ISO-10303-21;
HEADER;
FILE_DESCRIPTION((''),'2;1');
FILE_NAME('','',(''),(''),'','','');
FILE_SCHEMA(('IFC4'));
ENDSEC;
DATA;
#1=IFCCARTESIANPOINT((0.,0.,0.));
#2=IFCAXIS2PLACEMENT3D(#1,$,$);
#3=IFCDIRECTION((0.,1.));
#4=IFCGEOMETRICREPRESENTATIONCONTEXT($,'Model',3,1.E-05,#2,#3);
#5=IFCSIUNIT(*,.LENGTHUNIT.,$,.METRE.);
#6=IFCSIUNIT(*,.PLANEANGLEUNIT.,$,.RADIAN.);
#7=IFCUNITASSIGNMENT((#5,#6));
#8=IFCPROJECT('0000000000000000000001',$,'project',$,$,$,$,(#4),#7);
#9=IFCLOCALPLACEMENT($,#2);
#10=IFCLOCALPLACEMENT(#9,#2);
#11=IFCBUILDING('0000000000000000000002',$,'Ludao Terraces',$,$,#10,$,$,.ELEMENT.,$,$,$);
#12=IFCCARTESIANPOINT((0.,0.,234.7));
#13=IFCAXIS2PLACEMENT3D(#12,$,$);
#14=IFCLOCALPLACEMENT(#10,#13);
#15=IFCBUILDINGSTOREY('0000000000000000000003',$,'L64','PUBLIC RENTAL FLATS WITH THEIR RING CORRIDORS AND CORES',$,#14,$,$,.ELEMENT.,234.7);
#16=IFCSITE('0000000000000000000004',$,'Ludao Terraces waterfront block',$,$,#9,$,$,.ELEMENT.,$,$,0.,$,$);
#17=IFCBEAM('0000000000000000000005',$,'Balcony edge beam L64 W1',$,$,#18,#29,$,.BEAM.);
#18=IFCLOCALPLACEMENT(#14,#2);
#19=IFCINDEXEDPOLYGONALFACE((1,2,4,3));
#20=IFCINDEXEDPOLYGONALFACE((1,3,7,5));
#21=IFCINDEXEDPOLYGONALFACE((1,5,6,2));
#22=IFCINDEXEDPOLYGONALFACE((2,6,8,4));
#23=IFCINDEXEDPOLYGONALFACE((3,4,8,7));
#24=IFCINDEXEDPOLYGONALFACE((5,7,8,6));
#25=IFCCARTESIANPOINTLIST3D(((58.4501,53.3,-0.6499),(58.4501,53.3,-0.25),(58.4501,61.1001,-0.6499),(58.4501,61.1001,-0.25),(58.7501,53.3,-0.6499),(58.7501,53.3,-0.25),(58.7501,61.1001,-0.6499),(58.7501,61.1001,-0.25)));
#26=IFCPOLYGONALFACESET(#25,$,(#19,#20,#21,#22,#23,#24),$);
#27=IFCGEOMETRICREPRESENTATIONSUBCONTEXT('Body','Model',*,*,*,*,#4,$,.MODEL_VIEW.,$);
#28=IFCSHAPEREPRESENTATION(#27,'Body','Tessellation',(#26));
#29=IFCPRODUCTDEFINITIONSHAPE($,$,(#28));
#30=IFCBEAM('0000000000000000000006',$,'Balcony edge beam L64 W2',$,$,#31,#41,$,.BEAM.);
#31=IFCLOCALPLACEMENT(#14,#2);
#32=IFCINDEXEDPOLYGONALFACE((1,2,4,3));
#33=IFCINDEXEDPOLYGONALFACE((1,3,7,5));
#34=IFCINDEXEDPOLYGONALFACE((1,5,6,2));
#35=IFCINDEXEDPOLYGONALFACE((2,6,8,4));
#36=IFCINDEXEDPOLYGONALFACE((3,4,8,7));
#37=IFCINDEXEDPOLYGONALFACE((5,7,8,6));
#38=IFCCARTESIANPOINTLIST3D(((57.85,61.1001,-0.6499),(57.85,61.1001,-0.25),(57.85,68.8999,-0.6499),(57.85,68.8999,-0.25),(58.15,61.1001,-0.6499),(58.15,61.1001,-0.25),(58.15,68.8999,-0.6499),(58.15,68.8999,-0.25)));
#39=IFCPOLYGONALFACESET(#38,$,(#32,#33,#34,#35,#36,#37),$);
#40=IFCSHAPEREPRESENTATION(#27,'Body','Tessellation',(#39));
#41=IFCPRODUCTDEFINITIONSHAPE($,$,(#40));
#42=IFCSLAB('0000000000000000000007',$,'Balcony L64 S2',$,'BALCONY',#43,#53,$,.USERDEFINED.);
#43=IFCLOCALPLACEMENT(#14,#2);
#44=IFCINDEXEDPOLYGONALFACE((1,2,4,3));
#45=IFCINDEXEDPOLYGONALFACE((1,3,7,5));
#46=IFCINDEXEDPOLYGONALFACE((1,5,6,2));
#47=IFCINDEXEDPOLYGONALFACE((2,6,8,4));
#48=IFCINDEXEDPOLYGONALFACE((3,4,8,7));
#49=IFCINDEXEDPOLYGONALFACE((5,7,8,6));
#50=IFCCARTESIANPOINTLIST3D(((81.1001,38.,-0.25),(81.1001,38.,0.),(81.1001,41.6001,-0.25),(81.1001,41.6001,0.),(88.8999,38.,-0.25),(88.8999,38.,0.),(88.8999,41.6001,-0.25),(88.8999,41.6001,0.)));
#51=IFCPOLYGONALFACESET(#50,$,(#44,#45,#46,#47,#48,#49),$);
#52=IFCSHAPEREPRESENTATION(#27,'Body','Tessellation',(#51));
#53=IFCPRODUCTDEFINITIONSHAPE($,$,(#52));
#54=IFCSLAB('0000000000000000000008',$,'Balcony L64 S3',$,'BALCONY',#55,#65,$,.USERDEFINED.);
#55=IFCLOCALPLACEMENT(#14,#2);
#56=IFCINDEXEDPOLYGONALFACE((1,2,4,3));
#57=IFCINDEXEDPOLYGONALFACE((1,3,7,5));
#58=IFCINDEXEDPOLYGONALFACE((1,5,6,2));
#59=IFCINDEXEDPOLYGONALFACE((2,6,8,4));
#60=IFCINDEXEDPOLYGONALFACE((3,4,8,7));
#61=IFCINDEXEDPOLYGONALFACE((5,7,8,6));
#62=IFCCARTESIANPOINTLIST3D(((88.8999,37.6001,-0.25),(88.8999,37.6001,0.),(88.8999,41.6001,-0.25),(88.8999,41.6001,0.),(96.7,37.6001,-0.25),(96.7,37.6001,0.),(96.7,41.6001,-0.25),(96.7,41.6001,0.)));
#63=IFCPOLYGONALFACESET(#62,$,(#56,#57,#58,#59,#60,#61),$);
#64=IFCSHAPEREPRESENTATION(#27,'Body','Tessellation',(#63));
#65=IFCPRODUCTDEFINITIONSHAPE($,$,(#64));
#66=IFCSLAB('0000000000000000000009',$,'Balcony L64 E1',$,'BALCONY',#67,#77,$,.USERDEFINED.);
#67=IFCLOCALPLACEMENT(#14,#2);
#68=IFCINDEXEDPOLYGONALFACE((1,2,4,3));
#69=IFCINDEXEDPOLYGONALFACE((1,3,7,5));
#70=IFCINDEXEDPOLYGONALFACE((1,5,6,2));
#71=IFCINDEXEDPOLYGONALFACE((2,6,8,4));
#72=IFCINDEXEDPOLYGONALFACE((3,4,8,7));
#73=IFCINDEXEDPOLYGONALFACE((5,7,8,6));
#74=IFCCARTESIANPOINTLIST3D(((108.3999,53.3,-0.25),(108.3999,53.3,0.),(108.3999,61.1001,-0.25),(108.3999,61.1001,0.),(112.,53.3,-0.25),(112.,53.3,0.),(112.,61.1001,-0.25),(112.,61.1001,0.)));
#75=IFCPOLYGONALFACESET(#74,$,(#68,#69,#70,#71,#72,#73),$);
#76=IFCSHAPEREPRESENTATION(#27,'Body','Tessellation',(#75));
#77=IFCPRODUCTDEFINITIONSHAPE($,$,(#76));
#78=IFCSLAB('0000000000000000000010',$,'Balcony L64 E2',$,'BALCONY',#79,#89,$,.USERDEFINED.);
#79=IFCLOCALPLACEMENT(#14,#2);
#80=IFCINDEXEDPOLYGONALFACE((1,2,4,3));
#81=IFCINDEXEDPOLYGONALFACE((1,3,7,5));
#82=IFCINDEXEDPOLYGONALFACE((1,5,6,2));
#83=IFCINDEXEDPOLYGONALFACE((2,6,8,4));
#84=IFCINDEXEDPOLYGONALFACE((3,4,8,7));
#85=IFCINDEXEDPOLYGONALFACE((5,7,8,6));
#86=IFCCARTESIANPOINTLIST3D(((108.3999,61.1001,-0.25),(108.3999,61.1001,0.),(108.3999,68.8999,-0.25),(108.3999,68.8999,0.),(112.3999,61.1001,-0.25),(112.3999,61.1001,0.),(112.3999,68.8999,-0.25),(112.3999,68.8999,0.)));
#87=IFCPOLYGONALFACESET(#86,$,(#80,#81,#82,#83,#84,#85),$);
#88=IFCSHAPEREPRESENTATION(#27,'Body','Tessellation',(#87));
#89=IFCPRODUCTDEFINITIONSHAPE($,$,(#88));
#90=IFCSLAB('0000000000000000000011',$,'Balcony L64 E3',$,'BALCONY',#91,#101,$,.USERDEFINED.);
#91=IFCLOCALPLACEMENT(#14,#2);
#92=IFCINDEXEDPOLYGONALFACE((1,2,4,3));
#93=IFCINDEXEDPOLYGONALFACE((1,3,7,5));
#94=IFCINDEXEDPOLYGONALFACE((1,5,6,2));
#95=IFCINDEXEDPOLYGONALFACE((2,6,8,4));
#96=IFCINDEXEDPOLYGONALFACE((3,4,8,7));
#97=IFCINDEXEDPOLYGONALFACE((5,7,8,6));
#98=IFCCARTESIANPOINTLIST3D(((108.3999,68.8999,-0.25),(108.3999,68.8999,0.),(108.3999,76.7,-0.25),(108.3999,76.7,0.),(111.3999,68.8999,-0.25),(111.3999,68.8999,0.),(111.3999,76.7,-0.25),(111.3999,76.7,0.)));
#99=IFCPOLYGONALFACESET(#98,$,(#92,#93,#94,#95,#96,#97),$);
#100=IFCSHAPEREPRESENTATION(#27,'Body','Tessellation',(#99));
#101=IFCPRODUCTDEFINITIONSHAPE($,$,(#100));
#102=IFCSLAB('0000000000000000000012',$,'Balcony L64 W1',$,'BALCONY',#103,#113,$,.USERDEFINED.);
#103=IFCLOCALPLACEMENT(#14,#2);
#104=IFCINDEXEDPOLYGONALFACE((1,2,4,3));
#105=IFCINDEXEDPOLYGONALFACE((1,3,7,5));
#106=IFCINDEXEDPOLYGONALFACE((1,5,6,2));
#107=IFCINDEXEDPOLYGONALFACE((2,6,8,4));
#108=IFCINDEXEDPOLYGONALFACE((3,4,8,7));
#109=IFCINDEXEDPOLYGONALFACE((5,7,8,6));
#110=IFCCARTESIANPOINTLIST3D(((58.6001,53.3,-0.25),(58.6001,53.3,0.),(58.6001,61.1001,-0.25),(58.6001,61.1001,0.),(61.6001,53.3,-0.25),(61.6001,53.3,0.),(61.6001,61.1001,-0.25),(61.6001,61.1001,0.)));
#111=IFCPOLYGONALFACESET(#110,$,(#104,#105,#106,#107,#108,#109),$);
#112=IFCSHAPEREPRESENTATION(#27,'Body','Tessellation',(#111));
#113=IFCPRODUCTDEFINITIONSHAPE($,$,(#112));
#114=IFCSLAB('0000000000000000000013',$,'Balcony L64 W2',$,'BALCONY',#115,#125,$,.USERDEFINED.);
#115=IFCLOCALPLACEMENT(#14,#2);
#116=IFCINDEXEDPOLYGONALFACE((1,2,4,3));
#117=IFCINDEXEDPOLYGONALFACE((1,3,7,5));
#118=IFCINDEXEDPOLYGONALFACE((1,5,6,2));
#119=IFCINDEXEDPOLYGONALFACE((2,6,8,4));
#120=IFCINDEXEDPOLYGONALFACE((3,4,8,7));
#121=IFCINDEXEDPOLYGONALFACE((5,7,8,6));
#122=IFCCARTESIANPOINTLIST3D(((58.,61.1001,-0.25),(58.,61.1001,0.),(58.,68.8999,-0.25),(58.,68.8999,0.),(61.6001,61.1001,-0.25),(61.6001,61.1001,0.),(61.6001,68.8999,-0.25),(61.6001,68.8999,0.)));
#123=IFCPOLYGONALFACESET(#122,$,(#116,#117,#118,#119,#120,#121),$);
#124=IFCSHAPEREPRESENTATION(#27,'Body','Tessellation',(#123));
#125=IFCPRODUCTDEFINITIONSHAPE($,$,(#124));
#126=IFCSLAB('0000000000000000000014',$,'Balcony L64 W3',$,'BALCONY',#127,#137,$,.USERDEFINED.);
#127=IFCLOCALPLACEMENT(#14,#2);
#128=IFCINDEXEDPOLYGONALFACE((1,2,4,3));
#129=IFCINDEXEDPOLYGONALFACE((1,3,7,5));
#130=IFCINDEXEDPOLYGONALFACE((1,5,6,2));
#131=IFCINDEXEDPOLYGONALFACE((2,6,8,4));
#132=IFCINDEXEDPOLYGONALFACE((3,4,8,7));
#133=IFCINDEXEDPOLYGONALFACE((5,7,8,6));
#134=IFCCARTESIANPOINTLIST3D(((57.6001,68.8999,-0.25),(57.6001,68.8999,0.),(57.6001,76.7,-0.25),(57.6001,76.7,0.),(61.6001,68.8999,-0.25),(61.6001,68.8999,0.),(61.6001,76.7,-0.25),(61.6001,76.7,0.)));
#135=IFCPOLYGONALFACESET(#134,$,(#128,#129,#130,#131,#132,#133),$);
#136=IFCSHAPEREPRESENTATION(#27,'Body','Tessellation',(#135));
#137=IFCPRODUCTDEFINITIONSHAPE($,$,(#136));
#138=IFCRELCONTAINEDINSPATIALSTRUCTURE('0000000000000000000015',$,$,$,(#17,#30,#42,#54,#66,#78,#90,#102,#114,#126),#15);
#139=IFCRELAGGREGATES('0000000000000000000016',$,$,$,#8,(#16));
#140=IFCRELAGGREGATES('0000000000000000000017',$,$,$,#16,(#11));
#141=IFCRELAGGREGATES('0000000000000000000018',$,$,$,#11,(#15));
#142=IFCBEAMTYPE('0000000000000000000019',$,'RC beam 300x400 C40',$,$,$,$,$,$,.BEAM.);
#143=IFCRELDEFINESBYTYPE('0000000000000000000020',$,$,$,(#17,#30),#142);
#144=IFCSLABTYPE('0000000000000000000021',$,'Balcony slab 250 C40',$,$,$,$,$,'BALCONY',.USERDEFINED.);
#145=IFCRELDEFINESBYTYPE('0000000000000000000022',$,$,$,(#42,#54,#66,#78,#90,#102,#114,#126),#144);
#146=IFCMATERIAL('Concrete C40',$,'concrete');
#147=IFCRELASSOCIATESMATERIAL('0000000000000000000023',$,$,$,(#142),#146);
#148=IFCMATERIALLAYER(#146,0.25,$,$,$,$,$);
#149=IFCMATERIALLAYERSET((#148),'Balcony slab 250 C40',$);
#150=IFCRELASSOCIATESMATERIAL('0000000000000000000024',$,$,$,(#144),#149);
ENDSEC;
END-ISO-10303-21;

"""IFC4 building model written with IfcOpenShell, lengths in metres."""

from ifc_helpers import new_model, si_unit, direction, frame, origin, origin_2d, place, context, subcontext, project, spatial, polyline, rectangle, outline, extrude, material, layer, layer_set, material_profile, profile_set, type_object, element, save


model = new_model("IFC4")

# Units and contexts
model_context = context("Model", 3, precision=1e-05, world=origin(), true_north=direction((0.0, 1.0)))
body_context = subcontext(model_context, "Body", "Model", "MODEL_VIEW")
ifc_project = project(units=[si_unit("LENGTHUNIT", "METRE"), si_unit("PLANEANGLEUNIT", "RADIAN")], contexts=[model_context])

# Site, building, storey
site_placement = place(None, origin())
site = spatial("IfcSite", under=ifc_project, at=site_placement, Name="Ludao Terraces waterfront block", CompositionType="ELEMENT", RefElevation=0.0)
building_placement = place(site_placement, origin())
building = spatial("IfcBuilding", under=site, at=building_placement, Name="Ludao Terraces", CompositionType="ELEMENT")
storey_placement = place(building_placement, frame((0.0, 0.0, 234.7)))
storey = spatial("IfcBuildingStorey", under=building, at=storey_placement, Name="L64", Description="PUBLIC RENTAL FLATS WITH THEIR RING CORRIDORS AND CORES", CompositionType="ELEMENT", Elevation=234.7)

# Beams
ifc_material_1 = material(Name="Concrete C40", Category="concrete")
ifc_material_profile = material_profile(ifc_material_1, rectangle(XDim=0.3, YDim=0.3999, at=origin_2d()), Name="300 X 400")
ifc_profile_set = profile_set([ifc_material_profile], Name="Concrete C40")
beam_type = type_object("IfcBeamType", Name="RC beam 300x400 C40", PredefinedType="BEAM", material=ifc_profile_set)
beam_1_placement = place(storey_placement, frame((58.6001, 53.3, -0.45), z_axis=(0.0, 1.0, 0.0), x_axis=(-1.0, 0.0, 0.0)))
element("IfcBeam", 1, at=beam_1_placement, inside=storey, type_object=beam_type, Name="Balcony edge beam L64 W1", PredefinedType="BEAM", context=body_context, shape_type="SweptSolid", body=[
    extrude(rectangle(XDim=0.3, YDim=0.3999, at=origin_2d()), origin(), (0.0, 0.0, 1.0), 7.8),
])
beam_2_placement = place(storey_placement, frame((58.0, 61.1001, -0.45), z_axis=(0.0, 1.0, 0.0), x_axis=(-1.0, 0.0, 0.0)))
element("IfcBeam", 2, at=beam_2_placement, inside=storey, type_object=beam_type, Name="Balcony edge beam L64 W2", PredefinedType="BEAM", context=body_context, shape_type="SweptSolid", body=[
    extrude(rectangle(XDim=0.3, YDim=0.3999, at=origin_2d()), origin(), (0.0, 0.0, 1.0), 7.7998),
])

# Slabs
ifc_layer_1 = layer(ifc_material_1, 0.25)
ifc_layer_set_1 = layer_set([ifc_layer_1], Name="Balcony slab 250 C40")
slab_type_1 = type_object("IfcSlabType", Name="Balcony slab 250 C40", ElementType="BALCONY", PredefinedType="USERDEFINED", material=ifc_layer_set_1)
slab_1_placement = place(storey_placement, frame((0.0, 0.0, -0.25)))
element("IfcSlab", 3, at=slab_1_placement, inside=storey, type_object=slab_type_1, Name="Balcony L64 S2", ObjectType="BALCONY", PredefinedType="USERDEFINED", context=body_context, shape_type="SweptSolid", body=[
    extrude(outline(polyline([(81.1001, 38.0), (88.8999, 38.0), (88.8999, 41.6001), (81.1001, 41.6001), (81.1001, 38.0)])), origin(), (0.0, 0.0, 1.0), 0.25),
])
slab_2_placement = place(storey_placement, frame((0.0, 0.0, -0.25)))
element("IfcSlab", 4, at=slab_2_placement, inside=storey, type_object=slab_type_1, Name="Balcony L64 S3", ObjectType="BALCONY", PredefinedType="USERDEFINED", context=body_context, shape_type="SweptSolid", body=[
    extrude(outline(polyline([(88.8999, 37.6001), (96.7, 37.6001), (96.7, 41.6001), (88.8999, 41.6001), (88.8999, 37.6001)])), origin(), (0.0, 0.0, 1.0), 0.25),
])
slab_3_placement = place(storey_placement, frame((0.0, 0.0, -0.25)))
element("IfcSlab", 5, at=slab_3_placement, inside=storey, type_object=slab_type_1, Name="Balcony L64 E1", ObjectType="BALCONY", PredefinedType="USERDEFINED", context=body_context, shape_type="SweptSolid", body=[
    extrude(outline(polyline([(108.3999, 53.3), (112.0, 53.3), (112.0, 61.1001), (108.3999, 61.1001), (108.3999, 53.3)])), origin(), (0.0, 0.0, 1.0), 0.25),
])
slab_4_placement = place(storey_placement, frame((0.0, 0.0, -0.25)))
element("IfcSlab", 6, at=slab_4_placement, inside=storey, type_object=slab_type_1, Name="Balcony L64 E2", ObjectType="BALCONY", PredefinedType="USERDEFINED", context=body_context, shape_type="SweptSolid", body=[
    extrude(outline(polyline([(108.3999, 61.1001), (112.3999, 61.1001), (112.3999, 68.8999), (108.3999, 68.8999), (108.3999, 61.1001)])), origin(), (0.0, 0.0, 1.0), 0.25),
])
slab_5_placement = place(storey_placement, frame((0.0, 0.0, -0.25)))
element("IfcSlab", 7, at=slab_5_placement, inside=storey, type_object=slab_type_1, Name="Balcony L64 E3", ObjectType="BALCONY", PredefinedType="USERDEFINED", context=body_context, shape_type="SweptSolid", body=[
    extrude(outline(polyline([(108.3999, 68.8999), (111.3999, 68.8999), (111.3999, 76.7), (108.3999, 76.7), (108.3999, 68.8999)])), origin(), (0.0, 0.0, 1.0), 0.25),
])
slab_6_placement = place(storey_placement, frame((0.0, 0.0, -0.25)))
element("IfcSlab", 8, at=slab_6_placement, inside=storey, type_object=slab_type_1, Name="Balcony L64 W1", ObjectType="BALCONY", PredefinedType="USERDEFINED", context=body_context, shape_type="SweptSolid", body=[
    extrude(outline(polyline([(58.6001, 53.3), (61.6001, 53.3), (61.6001, 61.1001), (58.6001, 61.1001), (58.6001, 53.3)])), origin(), (0.0, 0.0, 1.0), 0.25),
])
slab_7_placement = place(storey_placement, frame((0.0, 0.0, -0.25)))
element("IfcSlab", 9, at=slab_7_placement, inside=storey, type_object=slab_type_1, Name="Balcony L64 W2", ObjectType="BALCONY", PredefinedType="USERDEFINED", context=body_context, shape_type="SweptSolid", body=[
    extrude(outline(polyline([(58.0, 61.1001), (61.6001, 61.1001), (61.6001, 68.8999), (58.0, 68.8999), (58.0, 61.1001)])), origin(), (0.0, 0.0, 1.0), 0.25),
])
slab_8_placement = place(storey_placement, frame((0.0, 0.0, -0.25)))
element("IfcSlab", 10, at=slab_8_placement, inside=storey, type_object=slab_type_1, Name="Balcony L64 W3", ObjectType="BALCONY", PredefinedType="USERDEFINED", context=body_context, shape_type="SweptSolid", body=[
    extrude(outline(polyline([(57.6001, 68.8999), (61.6001, 68.8999), (61.6001, 76.7), (57.6001, 76.7), (57.6001, 68.8999)])), origin(), (0.0, 0.0, 1.0), 0.25),
])

save(model, "model.ifc")
